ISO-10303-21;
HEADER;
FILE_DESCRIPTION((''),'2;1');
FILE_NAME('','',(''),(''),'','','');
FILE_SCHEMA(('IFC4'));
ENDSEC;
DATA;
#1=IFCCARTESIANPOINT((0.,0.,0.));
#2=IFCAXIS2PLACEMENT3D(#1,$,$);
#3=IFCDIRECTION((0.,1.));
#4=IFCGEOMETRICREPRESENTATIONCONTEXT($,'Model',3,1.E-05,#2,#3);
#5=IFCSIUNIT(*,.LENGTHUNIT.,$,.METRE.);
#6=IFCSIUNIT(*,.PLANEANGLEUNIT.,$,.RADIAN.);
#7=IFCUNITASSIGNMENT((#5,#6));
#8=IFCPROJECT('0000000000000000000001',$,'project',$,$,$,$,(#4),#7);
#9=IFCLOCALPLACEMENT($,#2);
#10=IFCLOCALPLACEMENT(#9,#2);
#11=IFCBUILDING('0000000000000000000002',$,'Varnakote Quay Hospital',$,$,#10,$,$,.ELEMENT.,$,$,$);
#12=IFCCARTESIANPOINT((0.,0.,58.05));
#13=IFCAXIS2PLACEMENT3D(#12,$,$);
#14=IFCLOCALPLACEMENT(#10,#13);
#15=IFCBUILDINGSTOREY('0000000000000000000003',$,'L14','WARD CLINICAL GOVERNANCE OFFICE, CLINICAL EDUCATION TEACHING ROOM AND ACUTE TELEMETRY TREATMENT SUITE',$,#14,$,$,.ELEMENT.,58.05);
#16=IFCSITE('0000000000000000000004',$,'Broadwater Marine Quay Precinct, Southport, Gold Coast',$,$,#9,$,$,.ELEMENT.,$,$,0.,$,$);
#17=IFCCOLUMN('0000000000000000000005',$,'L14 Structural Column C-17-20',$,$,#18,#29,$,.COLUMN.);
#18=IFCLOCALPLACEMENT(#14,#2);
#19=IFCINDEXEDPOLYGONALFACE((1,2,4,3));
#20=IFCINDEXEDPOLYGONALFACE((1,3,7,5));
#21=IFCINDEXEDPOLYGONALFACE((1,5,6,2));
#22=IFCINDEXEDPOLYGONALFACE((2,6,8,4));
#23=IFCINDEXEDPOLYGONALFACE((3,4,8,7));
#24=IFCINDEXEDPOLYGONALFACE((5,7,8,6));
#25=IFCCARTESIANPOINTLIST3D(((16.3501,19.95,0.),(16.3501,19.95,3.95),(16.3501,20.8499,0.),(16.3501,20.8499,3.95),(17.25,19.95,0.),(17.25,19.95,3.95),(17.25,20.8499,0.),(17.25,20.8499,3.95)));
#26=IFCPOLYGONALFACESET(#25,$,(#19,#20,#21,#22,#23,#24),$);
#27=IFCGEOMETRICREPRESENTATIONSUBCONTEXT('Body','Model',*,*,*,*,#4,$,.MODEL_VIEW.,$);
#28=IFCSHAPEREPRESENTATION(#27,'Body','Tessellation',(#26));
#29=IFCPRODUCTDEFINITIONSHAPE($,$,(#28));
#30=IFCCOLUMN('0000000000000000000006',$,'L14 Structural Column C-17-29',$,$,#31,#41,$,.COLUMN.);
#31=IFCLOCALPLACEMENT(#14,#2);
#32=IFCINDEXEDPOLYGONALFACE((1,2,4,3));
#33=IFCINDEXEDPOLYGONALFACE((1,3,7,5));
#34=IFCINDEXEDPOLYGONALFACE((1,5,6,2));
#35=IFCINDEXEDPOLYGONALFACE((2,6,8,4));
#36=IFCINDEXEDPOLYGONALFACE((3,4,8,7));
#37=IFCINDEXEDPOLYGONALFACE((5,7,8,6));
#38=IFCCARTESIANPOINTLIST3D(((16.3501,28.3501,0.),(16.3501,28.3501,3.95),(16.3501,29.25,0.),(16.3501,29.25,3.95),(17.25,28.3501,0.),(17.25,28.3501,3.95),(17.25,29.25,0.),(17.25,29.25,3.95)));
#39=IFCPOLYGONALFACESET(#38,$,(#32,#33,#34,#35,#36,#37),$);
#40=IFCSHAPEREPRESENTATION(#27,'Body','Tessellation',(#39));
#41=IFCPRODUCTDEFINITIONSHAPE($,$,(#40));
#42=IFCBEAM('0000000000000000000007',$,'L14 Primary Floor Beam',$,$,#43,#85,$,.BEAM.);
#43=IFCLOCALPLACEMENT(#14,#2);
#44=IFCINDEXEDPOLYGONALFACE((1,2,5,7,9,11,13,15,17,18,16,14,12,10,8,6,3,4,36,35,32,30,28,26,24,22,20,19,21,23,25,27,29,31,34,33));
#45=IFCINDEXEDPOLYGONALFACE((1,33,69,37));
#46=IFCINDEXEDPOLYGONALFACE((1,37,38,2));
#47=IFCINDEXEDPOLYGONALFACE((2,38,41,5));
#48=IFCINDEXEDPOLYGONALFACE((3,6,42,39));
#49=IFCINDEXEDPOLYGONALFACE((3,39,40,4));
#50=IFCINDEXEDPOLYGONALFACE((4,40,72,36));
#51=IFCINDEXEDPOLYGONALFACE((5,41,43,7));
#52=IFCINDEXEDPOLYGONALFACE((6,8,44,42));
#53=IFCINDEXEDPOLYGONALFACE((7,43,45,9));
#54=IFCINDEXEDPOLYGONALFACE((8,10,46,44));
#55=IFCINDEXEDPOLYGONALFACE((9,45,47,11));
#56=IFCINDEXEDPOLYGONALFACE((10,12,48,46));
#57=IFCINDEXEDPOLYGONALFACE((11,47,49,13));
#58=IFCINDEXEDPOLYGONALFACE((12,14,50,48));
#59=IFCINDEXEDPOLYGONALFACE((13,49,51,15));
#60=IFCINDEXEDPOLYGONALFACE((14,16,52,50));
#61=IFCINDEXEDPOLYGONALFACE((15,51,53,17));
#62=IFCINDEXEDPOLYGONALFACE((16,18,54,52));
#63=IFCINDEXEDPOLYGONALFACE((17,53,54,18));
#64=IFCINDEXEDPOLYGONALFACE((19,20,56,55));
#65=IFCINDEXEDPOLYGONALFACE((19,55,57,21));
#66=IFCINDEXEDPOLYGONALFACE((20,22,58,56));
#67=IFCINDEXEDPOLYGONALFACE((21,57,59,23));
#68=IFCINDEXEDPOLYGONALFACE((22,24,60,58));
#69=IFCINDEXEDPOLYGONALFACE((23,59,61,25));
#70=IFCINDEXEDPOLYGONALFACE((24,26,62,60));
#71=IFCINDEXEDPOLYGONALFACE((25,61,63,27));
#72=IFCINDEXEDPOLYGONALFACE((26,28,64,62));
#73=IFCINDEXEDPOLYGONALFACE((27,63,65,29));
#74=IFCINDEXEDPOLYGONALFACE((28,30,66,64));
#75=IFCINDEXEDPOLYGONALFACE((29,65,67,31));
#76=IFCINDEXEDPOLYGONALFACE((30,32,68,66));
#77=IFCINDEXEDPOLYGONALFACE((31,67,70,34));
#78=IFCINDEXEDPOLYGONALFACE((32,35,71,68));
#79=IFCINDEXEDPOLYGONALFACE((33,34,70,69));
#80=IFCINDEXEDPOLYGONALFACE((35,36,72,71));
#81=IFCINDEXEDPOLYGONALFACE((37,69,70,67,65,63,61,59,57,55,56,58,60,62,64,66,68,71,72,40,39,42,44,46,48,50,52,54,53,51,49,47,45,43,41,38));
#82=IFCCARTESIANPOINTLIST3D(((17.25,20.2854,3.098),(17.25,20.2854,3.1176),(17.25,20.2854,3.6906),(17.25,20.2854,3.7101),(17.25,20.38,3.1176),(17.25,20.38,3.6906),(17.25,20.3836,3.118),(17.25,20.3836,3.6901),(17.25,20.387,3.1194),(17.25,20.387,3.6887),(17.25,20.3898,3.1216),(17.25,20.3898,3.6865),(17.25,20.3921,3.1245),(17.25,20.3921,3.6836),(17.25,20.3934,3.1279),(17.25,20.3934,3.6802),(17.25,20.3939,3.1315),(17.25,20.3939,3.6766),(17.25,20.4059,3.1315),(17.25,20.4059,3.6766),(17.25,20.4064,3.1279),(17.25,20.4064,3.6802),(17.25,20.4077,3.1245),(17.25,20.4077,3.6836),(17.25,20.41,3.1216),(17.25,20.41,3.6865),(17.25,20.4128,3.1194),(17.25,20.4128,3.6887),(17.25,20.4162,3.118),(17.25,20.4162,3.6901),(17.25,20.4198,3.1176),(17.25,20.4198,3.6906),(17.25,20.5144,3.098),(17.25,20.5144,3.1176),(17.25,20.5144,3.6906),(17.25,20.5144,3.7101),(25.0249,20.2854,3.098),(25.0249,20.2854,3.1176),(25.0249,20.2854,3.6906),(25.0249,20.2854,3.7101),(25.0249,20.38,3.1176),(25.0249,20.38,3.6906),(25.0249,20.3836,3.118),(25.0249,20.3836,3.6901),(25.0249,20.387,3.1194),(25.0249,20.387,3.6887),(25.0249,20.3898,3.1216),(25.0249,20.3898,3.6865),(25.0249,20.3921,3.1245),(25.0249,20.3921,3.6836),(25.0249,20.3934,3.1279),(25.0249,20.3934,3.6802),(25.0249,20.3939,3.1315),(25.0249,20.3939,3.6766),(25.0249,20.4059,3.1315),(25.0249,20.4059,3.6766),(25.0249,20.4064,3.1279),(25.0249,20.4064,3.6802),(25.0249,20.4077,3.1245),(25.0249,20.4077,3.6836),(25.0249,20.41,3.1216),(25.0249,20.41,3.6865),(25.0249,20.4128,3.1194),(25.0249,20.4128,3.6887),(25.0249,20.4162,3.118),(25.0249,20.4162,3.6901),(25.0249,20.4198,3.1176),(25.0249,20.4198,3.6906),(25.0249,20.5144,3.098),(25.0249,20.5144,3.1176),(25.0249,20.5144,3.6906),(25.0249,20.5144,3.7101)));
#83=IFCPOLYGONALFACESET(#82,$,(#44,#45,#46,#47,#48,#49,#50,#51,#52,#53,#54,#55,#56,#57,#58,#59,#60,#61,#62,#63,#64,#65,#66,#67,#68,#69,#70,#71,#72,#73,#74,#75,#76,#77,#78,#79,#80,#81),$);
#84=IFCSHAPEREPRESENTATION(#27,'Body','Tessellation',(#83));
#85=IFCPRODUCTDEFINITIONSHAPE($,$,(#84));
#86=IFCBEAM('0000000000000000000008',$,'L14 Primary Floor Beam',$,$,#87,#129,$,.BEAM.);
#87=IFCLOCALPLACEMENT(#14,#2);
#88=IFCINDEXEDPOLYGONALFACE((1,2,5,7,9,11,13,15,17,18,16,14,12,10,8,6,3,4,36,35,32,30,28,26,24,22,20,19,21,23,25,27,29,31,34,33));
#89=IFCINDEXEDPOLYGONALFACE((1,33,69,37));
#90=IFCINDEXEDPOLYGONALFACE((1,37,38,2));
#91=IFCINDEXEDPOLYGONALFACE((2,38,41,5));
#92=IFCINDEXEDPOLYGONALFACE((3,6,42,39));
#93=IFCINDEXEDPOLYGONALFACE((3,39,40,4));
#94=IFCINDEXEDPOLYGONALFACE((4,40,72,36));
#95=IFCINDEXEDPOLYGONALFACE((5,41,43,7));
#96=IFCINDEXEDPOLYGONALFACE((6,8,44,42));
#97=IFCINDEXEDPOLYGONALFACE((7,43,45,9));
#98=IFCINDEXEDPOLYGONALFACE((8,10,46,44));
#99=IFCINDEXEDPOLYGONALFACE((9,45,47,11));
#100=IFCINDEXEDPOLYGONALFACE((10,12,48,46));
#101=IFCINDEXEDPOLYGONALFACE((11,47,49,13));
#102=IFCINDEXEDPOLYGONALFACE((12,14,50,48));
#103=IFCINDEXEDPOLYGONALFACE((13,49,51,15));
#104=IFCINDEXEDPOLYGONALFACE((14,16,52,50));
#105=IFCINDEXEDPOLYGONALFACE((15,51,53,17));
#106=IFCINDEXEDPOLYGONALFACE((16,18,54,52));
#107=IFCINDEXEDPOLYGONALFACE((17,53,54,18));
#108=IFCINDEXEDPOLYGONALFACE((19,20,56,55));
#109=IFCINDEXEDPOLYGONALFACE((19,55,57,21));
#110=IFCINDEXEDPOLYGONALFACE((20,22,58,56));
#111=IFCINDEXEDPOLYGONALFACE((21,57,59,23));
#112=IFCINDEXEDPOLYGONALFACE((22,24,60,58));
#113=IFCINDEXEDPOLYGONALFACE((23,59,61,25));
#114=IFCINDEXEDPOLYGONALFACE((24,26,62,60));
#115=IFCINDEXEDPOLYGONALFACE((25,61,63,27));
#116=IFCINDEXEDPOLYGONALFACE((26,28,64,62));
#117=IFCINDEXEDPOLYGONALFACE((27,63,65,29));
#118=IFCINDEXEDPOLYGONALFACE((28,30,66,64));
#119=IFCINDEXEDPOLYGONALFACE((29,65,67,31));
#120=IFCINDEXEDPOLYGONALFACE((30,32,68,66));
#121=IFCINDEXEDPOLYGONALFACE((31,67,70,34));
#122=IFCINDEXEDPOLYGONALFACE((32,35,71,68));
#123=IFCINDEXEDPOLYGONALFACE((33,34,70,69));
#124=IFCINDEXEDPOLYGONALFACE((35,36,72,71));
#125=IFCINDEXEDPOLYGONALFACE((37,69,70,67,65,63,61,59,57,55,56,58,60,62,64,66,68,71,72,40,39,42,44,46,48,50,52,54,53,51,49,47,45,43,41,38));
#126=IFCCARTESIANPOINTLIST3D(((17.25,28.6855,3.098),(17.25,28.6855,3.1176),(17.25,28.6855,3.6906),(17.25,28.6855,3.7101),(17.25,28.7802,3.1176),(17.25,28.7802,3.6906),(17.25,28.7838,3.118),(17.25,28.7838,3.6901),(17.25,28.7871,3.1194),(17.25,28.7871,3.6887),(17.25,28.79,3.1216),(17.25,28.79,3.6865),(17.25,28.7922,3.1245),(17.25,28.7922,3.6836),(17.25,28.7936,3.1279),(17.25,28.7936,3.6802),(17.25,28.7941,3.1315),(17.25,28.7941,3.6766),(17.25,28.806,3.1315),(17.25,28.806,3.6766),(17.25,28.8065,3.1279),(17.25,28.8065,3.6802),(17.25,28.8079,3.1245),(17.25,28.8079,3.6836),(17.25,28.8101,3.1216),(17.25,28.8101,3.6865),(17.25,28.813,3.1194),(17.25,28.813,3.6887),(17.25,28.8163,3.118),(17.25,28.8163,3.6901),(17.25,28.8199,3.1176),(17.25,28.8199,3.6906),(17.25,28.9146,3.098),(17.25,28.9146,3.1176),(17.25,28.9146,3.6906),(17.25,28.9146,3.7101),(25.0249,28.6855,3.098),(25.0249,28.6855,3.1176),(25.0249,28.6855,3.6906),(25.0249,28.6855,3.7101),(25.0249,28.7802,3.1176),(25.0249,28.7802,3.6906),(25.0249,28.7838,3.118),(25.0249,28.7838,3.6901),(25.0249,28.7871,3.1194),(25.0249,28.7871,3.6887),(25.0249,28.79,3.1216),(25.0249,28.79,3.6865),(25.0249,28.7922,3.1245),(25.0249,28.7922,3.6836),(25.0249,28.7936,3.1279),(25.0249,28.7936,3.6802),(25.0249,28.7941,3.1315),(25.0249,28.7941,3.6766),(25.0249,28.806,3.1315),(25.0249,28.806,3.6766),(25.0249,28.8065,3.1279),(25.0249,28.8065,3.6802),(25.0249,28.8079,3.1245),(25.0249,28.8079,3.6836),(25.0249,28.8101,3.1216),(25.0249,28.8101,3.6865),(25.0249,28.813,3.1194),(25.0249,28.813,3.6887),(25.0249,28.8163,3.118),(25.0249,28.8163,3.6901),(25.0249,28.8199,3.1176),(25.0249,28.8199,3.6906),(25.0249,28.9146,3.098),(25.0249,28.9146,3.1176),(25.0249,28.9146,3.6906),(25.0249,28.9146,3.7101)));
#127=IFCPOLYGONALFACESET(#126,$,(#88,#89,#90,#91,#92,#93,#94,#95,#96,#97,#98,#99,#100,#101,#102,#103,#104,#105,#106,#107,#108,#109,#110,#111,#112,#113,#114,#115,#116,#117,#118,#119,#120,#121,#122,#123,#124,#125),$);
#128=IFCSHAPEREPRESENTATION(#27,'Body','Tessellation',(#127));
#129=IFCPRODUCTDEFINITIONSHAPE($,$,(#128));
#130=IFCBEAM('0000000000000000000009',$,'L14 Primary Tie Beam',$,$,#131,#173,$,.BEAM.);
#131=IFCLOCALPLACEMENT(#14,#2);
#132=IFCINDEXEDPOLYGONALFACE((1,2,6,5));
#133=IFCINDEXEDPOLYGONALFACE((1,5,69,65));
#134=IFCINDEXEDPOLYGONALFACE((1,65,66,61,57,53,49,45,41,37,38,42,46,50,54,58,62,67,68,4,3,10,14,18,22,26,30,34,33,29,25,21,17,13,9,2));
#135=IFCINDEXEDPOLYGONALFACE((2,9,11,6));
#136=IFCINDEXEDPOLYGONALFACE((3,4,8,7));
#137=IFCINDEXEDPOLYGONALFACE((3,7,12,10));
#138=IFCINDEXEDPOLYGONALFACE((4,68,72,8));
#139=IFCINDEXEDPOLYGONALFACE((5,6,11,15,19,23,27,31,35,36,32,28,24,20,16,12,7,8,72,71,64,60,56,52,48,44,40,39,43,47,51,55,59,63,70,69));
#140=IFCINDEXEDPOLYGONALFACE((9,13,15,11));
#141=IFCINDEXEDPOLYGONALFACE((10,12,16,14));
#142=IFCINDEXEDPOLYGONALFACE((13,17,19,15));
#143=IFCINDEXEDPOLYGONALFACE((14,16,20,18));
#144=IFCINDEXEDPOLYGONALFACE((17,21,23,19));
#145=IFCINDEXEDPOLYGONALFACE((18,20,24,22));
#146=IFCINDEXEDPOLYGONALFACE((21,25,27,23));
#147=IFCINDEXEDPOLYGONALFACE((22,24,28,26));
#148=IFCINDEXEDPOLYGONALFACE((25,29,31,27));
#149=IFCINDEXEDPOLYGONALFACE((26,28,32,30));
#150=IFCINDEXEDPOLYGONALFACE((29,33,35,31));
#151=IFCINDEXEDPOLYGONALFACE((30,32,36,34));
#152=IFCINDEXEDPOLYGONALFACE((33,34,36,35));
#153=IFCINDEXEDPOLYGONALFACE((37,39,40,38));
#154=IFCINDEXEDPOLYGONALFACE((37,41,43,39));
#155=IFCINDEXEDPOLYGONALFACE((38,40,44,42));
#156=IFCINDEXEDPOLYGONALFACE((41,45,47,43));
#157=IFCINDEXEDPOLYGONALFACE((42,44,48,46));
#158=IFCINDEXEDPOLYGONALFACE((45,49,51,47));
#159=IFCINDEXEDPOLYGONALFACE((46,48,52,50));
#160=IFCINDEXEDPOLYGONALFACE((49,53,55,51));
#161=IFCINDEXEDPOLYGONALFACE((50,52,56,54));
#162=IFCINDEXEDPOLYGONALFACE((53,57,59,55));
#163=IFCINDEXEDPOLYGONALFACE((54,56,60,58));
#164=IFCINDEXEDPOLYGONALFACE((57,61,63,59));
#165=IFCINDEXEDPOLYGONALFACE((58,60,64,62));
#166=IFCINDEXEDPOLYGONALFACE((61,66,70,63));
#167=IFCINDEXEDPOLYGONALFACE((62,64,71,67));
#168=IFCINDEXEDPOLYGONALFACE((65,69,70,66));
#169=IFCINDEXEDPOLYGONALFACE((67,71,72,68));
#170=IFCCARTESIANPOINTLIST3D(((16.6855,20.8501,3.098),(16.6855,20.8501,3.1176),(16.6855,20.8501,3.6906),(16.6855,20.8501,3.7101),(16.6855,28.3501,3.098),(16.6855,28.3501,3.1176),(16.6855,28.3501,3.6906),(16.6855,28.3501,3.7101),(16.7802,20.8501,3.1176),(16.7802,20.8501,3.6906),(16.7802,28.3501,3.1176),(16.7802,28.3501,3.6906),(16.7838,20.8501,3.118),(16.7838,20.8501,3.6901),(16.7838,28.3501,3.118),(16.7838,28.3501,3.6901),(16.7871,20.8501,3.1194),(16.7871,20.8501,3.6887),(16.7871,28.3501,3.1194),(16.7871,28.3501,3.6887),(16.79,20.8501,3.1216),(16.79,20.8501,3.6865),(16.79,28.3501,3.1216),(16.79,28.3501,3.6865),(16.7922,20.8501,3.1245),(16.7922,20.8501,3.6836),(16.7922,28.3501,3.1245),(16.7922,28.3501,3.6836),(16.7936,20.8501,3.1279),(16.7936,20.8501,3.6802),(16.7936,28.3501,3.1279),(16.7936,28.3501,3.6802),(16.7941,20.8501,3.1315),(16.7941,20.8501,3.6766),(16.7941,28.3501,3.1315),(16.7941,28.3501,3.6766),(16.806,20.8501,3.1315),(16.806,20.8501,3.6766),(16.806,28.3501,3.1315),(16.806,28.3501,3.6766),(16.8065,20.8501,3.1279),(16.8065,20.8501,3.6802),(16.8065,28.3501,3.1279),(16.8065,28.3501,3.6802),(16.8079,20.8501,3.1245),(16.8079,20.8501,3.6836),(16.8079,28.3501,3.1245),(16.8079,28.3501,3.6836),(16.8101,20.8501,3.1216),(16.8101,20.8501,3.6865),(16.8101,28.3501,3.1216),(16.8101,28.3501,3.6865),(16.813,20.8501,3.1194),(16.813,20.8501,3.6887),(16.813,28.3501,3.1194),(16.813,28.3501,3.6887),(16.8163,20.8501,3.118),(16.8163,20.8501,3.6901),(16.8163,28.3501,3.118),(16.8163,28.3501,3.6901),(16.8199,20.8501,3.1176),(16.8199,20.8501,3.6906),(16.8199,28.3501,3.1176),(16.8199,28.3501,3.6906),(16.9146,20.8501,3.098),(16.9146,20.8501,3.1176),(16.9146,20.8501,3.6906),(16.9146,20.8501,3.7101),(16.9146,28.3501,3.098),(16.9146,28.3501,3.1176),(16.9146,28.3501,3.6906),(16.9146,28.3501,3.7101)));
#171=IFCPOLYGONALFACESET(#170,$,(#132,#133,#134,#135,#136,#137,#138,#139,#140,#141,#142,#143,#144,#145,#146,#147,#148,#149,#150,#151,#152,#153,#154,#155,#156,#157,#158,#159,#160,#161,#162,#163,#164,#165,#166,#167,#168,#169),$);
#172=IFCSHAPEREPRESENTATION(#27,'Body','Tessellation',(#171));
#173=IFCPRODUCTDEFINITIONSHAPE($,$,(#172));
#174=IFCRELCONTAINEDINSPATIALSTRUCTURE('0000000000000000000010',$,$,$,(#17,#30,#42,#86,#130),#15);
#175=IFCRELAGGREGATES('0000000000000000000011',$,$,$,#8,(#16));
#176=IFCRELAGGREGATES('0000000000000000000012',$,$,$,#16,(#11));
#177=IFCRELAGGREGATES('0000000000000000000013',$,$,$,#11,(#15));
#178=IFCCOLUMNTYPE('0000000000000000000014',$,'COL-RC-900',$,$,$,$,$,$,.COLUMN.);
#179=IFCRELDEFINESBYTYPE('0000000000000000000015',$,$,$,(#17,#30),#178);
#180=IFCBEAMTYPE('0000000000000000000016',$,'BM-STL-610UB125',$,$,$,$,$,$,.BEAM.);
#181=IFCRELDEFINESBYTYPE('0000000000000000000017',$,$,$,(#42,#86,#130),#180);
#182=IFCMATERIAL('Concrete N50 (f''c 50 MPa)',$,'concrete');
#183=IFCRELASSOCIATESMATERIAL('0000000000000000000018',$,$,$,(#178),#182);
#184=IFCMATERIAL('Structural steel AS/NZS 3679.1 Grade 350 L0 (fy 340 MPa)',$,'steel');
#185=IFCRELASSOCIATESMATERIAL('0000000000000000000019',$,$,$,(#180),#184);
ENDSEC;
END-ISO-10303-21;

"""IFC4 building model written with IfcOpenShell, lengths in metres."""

from ifc_helpers import new_model, si_unit, direction, frame, origin, origin_2d, place, context, subcontext, project, spatial, rectangle, i_section, extrude, material, material_profile, profile_set, type_object, element, save


model = new_model("IFC4")

# Units and contexts
model_context = context("Model", 3, precision=1e-05, world=origin(), true_north=direction((0.0, 1.0)))
body_context = subcontext(model_context, "Body", "Model", "MODEL_VIEW")
ifc_project = project(units=[si_unit("LENGTHUNIT", "METRE"), si_unit("PLANEANGLEUNIT", "RADIAN")], contexts=[model_context])

# Site, building, storey
site_placement = place(None, origin())
site = spatial("IfcSite", under=ifc_project, at=site_placement, Name="Broadwater Marine Quay Precinct, Southport, Gold Coast", CompositionType="ELEMENT", RefElevation=0.0)
building_placement = place(site_placement, origin())
building = spatial("IfcBuilding", under=site, at=building_placement, Name="Varnakote Quay Hospital", CompositionType="ELEMENT")
storey_placement = place(building_placement, frame((0.0, 0.0, 58.05)))
storey = spatial("IfcBuildingStorey", under=building, at=storey_placement, Name="L14", Description="WARD CLINICAL GOVERNANCE OFFICE, CLINICAL EDUCATION TEACHING ROOM AND ACUTE TELEMETRY TREATMENT SUITE", CompositionType="ELEMENT", Elevation=58.05)

# Columns
ifc_material_1 = material(Name="Concrete N50 (f'c 50 MPa)", Category="concrete")
ifc_material_profile_1 = material_profile(ifc_material_1, rectangle(XDim=0.8999, YDim=0.8999, at=origin_2d()), Name="RC-COL-900x900")
ifc_profile_set_1 = profile_set([ifc_material_profile_1], Name="Concrete N50 (f'c 50 MPa)")
column_type = type_object("IfcColumnType", Name="COL-RC-900", PredefinedType="COLUMN", material=ifc_profile_set_1)
for number, where, z_axis, x_axis, name in (
    (1, (16.8, 20.3999, 0.0), (0.0, 0.0, 1.0), (1.0, 0.0, 0.0), "L14 Structural Column C-17-20"),
    (2, (16.8, 28.8, 0.0), (0.0, 0.0, 1.0), (1.0, 0.0, 0.0), "L14 Structural Column C-17-29"),
):
    element("IfcColumn", number, at=place(storey_placement, frame(where, z_axis=z_axis, x_axis=x_axis)), inside=storey, type_object=column_type, Name=name, PredefinedType="COLUMN", context=body_context, shape_type="SweptSolid", body=[
        extrude(rectangle(XDim=0.8999, YDim=0.8999, at=origin_2d()), origin(), (0.0, 0.0, 1.0), 3.95),
    ])

# Beams
ifc_material_2 = material(Name="Structural steel AS/NZS 3679.1 Grade 350 L0 (fy 340 MPa)", Category="steel")
ifc_material_profile_2 = material_profile(ifc_material_2, i_section(OverallWidth=0.229, OverallDepth=0.6121, WebThickness=0.012, FlangeThickness=0.0195, FilletRadius=0.0139, at=origin_2d()), Name="610UB125")
ifc_profile_set_2 = profile_set([ifc_material_profile_2], Name="Structural steel AS/NZS 3679.1 Grade 350 L0 (fy 340 MPa)")
beam_type_1 = type_object("IfcBeamType", Name="BM-STL-610UB125", PredefinedType="BEAM", material=ifc_profile_set_2)
for number, where, z_axis, x_axis, name in (
    (3, (17.25, 20.3999, 3.4041), (1.0, 0.0, 0.0), (0.0, 1.0, 0.0), "L14 Primary Floor Beam"),
    (4, (17.25, 28.8, 3.4041), (1.0, 0.0, 0.0), (0.0, 1.0, 0.0), "L14 Primary Floor Beam"),
):
    element("IfcBeam", number, at=place(storey_placement, frame(where, z_axis=z_axis, x_axis=x_axis)), inside=storey, type_object=beam_type_1, Name=name, PredefinedType="BEAM", context=body_context, shape_type="SweptSolid", body=[
        extrude(i_section(OverallWidth=0.229, OverallDepth=0.6121, WebThickness=0.012, FlangeThickness=0.0195, FilletRadius=0.0139, at=origin_2d()), origin(), (0.0, 0.0, 1.0), 7.7749),
    ])
beam_1_placement = place(storey_placement, frame((16.8, 20.8501, 3.4041), z_axis=(0.0, 1.0, 0.0), x_axis=(-1.0, 0.0, 0.0)))
element("IfcBeam", 5, at=beam_1_placement, inside=storey, type_object=beam_type_1, Name="L14 Primary Tie Beam", PredefinedType="BEAM", context=body_context, shape_type="SweptSolid", body=[
    extrude(i_section(OverallWidth=0.229, OverallDepth=0.6121, WebThickness=0.012, FlangeThickness=0.0195, FilletRadius=0.0139, at=origin_2d()), origin(), (0.0, 0.0, 1.0), 7.5),
])

save(model, "model.ifc")
